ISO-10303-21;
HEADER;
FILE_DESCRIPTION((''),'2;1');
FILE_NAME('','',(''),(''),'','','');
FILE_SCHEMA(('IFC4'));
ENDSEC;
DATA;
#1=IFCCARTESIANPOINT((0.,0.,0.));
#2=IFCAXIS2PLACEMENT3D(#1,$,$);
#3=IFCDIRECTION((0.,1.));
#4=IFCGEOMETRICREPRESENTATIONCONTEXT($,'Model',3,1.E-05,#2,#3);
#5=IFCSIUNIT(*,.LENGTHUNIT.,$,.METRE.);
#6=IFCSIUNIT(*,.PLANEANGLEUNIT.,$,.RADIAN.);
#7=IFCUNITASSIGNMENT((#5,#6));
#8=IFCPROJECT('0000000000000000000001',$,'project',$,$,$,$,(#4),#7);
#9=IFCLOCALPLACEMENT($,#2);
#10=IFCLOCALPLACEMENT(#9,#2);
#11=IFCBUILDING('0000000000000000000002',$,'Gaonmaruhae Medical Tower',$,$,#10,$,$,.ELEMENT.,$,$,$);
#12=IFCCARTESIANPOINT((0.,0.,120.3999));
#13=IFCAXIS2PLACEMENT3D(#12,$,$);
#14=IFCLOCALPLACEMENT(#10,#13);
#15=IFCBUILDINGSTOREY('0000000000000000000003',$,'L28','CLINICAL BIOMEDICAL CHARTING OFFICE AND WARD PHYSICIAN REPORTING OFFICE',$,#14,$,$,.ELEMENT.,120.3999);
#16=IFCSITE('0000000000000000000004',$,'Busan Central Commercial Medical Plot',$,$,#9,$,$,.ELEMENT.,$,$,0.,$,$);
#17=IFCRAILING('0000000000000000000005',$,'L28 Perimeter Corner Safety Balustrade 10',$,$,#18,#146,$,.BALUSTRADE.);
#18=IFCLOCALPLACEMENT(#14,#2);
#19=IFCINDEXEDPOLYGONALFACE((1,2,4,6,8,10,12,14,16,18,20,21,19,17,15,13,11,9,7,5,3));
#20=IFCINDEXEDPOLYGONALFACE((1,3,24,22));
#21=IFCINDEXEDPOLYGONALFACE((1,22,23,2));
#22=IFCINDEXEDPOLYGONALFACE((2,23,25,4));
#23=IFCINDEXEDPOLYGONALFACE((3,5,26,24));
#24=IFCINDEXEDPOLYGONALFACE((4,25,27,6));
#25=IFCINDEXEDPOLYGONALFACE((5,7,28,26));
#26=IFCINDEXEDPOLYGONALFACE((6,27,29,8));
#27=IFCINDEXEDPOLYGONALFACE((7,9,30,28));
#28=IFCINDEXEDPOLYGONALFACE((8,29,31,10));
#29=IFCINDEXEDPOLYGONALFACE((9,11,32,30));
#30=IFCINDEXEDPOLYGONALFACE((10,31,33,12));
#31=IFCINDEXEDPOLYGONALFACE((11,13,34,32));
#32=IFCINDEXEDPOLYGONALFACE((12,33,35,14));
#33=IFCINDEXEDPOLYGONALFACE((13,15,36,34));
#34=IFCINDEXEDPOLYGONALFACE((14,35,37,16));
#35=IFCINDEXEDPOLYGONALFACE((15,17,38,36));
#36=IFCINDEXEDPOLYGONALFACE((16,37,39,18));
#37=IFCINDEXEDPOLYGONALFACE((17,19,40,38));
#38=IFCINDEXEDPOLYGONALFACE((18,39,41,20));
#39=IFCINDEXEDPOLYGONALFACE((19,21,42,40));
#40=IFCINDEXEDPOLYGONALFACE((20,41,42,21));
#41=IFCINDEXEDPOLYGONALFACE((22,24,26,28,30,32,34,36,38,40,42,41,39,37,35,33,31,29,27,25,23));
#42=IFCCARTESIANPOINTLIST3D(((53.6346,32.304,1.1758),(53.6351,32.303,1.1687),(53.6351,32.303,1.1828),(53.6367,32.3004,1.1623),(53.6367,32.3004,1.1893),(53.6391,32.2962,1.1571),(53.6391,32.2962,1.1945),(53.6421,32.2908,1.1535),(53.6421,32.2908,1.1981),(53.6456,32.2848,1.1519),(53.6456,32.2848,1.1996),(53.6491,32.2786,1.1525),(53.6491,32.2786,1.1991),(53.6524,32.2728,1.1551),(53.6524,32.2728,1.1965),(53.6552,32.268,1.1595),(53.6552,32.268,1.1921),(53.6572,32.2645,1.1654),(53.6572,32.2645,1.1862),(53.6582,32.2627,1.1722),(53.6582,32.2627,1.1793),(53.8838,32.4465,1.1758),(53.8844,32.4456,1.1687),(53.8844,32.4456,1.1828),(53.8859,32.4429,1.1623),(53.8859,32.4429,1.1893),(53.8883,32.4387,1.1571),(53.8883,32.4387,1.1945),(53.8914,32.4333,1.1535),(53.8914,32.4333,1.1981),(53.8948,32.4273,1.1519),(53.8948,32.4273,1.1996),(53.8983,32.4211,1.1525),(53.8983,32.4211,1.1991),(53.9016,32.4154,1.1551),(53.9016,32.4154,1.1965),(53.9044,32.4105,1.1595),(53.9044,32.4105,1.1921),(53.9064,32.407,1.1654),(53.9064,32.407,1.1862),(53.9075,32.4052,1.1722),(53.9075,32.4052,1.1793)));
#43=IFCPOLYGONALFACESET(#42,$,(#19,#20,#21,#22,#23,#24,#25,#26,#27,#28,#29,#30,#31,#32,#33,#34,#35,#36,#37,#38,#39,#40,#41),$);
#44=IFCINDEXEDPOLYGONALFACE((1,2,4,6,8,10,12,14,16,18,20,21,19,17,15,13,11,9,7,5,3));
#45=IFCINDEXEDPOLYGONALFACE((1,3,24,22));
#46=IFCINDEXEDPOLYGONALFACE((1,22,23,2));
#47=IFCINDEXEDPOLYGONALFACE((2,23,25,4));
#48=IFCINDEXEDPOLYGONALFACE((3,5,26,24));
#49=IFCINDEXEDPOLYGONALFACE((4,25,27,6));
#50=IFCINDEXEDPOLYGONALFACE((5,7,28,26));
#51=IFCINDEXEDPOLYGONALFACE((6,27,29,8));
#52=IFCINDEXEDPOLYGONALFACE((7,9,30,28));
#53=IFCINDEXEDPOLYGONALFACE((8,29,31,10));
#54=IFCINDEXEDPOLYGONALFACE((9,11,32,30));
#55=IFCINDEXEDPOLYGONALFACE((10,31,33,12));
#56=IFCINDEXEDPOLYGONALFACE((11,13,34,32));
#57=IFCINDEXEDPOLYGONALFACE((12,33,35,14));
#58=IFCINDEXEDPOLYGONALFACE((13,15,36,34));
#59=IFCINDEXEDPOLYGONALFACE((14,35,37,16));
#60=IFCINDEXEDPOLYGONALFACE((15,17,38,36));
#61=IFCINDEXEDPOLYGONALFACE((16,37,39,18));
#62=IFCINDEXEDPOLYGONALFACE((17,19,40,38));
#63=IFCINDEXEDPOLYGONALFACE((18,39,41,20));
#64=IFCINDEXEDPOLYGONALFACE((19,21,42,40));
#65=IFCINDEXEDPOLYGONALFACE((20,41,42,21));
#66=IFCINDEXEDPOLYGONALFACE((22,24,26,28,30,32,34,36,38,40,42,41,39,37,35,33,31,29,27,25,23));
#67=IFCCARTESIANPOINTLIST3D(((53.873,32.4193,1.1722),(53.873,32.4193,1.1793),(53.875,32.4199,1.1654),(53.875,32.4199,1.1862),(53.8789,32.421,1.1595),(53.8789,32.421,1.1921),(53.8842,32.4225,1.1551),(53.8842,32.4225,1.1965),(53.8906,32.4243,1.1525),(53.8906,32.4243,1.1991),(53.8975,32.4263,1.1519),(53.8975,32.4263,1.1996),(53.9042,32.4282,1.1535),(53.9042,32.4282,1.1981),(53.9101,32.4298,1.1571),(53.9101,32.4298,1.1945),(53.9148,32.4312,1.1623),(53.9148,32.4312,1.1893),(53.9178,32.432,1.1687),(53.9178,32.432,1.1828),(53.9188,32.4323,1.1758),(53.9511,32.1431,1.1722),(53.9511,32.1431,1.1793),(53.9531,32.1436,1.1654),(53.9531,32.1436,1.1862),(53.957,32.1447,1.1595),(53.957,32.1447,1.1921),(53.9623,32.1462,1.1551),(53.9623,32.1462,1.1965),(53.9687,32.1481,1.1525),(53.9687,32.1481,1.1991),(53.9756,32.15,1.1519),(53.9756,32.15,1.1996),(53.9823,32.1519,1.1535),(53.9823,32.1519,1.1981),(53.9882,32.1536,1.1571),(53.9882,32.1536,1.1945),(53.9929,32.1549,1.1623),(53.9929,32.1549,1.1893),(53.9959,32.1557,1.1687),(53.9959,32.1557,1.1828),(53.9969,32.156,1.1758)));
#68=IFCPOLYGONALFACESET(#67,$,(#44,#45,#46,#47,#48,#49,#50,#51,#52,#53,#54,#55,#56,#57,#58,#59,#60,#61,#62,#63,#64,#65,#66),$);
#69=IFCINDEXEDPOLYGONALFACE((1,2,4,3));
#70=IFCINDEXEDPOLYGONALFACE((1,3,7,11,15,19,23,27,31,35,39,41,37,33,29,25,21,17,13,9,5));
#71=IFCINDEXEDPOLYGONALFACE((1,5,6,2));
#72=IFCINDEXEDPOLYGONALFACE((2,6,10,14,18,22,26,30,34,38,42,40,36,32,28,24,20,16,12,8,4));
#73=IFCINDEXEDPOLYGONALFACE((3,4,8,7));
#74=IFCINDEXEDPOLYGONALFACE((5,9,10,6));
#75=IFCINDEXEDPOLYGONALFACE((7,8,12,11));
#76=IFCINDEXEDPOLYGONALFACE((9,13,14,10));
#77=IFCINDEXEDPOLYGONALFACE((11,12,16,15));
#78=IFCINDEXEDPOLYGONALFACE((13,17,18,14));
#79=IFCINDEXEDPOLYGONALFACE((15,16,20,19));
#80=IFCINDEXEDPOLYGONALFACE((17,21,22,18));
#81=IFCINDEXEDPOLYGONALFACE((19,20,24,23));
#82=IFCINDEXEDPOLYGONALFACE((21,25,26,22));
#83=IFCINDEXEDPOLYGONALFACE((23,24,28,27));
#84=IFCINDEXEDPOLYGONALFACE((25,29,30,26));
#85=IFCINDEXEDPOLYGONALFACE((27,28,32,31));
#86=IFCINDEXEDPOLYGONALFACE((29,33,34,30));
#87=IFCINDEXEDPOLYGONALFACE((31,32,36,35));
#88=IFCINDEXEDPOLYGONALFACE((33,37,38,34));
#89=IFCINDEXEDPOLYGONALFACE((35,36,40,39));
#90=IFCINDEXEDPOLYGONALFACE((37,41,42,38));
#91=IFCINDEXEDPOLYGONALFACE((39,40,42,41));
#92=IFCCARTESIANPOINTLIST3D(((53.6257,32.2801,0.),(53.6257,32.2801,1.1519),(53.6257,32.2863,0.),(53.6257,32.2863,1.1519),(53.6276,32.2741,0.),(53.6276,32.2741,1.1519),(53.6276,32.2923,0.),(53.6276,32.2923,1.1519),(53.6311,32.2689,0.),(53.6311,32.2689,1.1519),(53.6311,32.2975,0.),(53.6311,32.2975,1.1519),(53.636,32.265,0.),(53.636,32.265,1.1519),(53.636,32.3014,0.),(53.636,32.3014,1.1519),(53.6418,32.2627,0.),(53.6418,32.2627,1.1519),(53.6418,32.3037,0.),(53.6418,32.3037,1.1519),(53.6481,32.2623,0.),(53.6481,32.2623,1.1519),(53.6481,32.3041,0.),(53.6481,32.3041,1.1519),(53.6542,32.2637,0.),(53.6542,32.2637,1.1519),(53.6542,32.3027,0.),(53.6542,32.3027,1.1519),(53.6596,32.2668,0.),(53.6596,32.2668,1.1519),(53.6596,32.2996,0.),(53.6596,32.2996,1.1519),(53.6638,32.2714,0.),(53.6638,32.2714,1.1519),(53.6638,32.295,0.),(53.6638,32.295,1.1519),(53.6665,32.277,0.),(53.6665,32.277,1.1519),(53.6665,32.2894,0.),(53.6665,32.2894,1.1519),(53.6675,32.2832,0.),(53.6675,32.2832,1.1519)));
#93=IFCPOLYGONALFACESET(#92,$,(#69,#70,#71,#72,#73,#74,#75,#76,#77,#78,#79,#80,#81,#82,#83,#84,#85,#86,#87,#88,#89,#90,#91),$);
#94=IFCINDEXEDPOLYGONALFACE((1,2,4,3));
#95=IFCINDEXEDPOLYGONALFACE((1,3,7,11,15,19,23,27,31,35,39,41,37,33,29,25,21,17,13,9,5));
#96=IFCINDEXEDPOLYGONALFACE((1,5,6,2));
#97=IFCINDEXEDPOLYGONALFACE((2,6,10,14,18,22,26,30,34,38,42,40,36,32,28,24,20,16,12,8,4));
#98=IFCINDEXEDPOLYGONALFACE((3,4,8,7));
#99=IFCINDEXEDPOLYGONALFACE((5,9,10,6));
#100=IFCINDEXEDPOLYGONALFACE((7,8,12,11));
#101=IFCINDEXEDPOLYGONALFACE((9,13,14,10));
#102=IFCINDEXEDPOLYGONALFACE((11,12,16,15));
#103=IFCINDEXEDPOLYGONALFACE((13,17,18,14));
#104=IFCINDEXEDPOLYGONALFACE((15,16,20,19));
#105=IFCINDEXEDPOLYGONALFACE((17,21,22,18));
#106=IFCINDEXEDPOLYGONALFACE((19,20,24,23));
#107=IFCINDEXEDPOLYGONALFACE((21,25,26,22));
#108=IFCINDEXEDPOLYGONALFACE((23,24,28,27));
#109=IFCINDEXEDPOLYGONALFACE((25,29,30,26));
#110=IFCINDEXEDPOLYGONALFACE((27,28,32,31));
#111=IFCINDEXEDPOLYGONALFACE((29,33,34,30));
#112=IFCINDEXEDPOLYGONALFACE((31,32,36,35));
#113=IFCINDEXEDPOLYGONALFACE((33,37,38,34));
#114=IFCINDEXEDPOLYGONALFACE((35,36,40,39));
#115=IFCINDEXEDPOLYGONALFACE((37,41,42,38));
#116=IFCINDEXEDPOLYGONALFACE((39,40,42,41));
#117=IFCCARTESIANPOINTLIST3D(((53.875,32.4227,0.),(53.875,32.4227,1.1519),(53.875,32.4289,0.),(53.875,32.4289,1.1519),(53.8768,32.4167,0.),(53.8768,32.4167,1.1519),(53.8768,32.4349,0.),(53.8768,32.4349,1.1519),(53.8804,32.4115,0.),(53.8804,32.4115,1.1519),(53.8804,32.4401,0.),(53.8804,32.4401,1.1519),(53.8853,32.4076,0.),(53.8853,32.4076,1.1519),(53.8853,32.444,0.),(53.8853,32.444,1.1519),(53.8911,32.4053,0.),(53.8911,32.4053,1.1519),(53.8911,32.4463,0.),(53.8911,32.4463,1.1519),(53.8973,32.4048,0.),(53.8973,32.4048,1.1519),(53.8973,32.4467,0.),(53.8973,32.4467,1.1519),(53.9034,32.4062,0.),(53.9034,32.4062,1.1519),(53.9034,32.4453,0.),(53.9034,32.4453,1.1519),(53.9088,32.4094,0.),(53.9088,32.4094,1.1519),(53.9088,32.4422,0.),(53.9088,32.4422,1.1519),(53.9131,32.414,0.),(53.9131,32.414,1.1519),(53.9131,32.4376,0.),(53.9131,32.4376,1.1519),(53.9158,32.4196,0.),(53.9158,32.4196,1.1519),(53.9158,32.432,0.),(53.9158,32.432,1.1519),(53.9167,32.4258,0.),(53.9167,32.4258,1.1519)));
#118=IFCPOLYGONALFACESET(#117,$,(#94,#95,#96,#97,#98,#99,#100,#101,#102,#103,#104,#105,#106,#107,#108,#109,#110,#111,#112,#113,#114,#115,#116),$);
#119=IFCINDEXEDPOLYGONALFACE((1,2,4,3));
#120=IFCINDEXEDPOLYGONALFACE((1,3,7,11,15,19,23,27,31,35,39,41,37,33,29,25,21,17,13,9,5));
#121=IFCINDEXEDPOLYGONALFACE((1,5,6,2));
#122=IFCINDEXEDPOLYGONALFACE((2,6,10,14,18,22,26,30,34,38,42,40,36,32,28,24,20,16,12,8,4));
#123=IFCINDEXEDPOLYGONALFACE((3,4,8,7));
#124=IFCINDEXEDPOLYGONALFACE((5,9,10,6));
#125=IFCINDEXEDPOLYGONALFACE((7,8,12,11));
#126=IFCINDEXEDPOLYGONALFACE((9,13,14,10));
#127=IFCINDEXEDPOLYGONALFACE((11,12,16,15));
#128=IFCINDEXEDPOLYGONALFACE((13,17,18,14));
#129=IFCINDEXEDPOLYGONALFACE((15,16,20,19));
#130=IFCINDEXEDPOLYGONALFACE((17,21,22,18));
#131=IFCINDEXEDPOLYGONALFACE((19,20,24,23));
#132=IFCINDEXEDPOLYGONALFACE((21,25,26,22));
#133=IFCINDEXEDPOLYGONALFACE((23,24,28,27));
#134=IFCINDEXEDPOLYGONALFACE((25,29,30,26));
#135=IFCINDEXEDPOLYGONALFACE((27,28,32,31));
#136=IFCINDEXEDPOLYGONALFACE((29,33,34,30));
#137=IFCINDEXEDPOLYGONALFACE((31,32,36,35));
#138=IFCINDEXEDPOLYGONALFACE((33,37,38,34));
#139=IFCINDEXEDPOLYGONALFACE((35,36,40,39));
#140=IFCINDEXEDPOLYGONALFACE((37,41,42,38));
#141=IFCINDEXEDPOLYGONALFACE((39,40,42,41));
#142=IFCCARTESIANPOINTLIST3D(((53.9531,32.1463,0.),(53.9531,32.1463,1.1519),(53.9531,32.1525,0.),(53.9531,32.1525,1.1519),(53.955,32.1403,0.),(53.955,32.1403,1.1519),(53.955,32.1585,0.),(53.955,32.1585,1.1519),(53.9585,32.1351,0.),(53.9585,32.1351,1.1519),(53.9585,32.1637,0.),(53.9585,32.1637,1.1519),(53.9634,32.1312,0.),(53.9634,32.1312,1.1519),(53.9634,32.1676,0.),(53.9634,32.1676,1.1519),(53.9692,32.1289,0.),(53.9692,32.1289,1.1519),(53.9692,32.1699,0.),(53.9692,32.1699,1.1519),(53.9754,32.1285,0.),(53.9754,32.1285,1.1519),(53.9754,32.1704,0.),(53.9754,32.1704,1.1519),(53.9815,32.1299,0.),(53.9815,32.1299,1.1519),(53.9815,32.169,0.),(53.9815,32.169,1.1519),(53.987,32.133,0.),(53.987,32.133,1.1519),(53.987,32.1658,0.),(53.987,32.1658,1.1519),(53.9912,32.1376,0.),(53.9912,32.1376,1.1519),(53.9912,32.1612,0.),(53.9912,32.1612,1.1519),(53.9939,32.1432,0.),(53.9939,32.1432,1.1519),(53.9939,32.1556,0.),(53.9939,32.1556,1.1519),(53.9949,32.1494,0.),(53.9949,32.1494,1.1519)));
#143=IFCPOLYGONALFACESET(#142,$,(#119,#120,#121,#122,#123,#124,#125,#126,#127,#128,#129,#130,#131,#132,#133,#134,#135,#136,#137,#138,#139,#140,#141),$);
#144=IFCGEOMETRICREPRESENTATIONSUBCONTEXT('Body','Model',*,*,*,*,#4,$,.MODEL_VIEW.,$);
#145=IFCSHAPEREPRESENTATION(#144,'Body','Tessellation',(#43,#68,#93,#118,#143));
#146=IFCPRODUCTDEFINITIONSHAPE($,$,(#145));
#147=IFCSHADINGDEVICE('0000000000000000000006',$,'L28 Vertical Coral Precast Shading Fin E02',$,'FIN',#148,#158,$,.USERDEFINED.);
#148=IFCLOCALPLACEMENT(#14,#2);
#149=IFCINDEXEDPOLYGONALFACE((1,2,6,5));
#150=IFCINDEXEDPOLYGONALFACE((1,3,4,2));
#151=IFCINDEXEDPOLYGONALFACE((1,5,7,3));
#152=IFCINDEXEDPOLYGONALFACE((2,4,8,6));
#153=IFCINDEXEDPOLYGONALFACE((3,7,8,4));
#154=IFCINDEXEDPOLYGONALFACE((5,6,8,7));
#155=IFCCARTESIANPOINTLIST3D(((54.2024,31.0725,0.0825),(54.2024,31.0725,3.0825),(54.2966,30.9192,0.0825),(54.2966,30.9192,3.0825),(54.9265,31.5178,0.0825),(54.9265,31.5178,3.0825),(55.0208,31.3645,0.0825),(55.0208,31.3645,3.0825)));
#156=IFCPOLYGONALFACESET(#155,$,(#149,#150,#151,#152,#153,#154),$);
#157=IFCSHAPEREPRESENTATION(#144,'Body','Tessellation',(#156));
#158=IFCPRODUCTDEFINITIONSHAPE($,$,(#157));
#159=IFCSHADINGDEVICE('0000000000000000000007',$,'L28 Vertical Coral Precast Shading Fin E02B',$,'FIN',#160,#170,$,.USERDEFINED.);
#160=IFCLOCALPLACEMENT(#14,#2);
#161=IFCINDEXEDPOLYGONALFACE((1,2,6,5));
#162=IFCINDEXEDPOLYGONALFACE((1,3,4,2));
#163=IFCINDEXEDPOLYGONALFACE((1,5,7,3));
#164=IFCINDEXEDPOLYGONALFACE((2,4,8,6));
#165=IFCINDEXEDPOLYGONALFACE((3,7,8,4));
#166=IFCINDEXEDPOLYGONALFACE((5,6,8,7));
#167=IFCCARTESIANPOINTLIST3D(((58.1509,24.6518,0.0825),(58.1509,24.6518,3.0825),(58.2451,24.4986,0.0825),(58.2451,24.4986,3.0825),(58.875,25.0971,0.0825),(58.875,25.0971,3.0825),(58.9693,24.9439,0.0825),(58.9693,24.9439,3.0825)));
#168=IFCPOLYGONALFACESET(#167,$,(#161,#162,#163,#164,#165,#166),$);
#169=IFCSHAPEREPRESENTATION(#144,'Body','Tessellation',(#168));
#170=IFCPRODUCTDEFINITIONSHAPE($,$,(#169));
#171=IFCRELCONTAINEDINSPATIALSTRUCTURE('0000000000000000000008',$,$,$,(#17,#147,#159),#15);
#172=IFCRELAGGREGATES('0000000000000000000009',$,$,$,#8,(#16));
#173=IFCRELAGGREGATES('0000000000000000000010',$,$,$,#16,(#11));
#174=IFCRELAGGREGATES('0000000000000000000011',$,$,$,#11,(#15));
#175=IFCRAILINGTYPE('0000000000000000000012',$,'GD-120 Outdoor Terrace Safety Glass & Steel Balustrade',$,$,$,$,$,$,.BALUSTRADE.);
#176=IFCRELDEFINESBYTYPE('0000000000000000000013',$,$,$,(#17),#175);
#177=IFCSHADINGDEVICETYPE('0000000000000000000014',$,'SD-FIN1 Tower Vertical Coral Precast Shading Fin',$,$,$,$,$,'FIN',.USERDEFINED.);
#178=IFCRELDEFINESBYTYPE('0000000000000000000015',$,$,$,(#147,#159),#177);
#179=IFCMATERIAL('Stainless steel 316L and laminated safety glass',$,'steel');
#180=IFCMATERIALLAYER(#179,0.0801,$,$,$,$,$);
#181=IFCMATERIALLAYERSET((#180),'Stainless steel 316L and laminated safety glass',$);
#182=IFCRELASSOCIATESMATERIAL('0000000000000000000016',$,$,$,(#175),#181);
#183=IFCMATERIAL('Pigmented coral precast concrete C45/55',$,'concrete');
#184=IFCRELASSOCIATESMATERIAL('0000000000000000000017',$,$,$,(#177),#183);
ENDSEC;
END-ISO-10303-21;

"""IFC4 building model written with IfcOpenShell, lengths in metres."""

from ifc_helpers import new_model, si_unit, direction, frame, origin, origin_2d, place, context, subcontext, project, spatial, rectangle, circle, extrude, material, layer, layer_set, type_object, element, save


model = new_model("IFC4")

# Units and contexts
model_context = context("Model", 3, precision=1e-05, world=origin(), true_north=direction((0.0, 1.0)))
body_context = subcontext(model_context, "Body", "Model", "MODEL_VIEW")
ifc_project = project(units=[si_unit("LENGTHUNIT", "METRE"), si_unit("PLANEANGLEUNIT", "RADIAN")], contexts=[model_context])

# Site, building, storey
site_placement = place(None, origin())
site = spatial("IfcSite", under=ifc_project, at=site_placement, Name="Busan Central Commercial Medical Plot", CompositionType="ELEMENT", RefElevation=0.0)
building_placement = place(site_placement, origin())
building = spatial("IfcBuilding", under=site, at=building_placement, Name="Gaonmaruhae Medical Tower", CompositionType="ELEMENT")
storey_placement = place(building_placement, frame((0.0, 0.0, 120.3999)))
storey = spatial("IfcBuildingStorey", under=building, at=storey_placement, Name="L28", Description="CLINICAL BIOMEDICAL CHARTING OFFICE AND WARD PHYSICIAN REPORTING OFFICE", CompositionType="ELEMENT", Elevation=120.3999)

# Railing
ifc_material_1 = material(Name="Stainless steel 316L and laminated safety glass", Category="steel")
ifc_layer_1 = layer(ifc_material_1, 0.0801)
ifc_layer_set_1 = layer_set([ifc_layer_1], Name="Stainless steel 316L and laminated safety glass")
railing_type = type_object("IfcRailingType", Name="GD-120 Outdoor Terrace Safety Glass & Steel Balustrade", PredefinedType="BALUSTRADE", material=ifc_layer_set_1)
railing_1_placement = place(storey_placement, frame((53.6465, 32.2832, 0.0)))
element("IfcRailing", 1, at=railing_1_placement, inside=storey, type_object=railing_type, Name="L28 Perimeter Corner Safety Balustrade 10", PredefinedType="BALUSTRADE", context=body_context, shape_type="SweptSolid", body=[
    extrude(circle(Radius=0.0239, at=origin_2d()), frame((0.0, 0.0, 1.1758), z_axis=(0.868034, 0.496505, 0.0), x_axis=(-0.496505, 0.868034, 0.0)), (0.0, 0.0, 1.0), 0.2871),
    extrude(circle(Radius=0.0239, at=origin_2d()), frame((0.2493, 0.1426, 1.1758), z_axis=(0.272025, -0.96229, 0.0), x_axis=(0.96229, 0.272025, 0.0)), (0.0, 0.0, 1.0), 0.2871),
    extrude(circle(Radius=0.021, at=origin_2d()), origin(), (0.0, 0.0, 1.0), 1.1519),
    extrude(circle(Radius=0.021, at=origin_2d()), frame((0.2493, 0.1426, 0.0)), (0.0, 0.0, 1.0), 1.1519),
    extrude(circle(Radius=0.021, at=origin_2d()), frame((0.3274, -0.1338, 0.0)), (0.0, 0.0, 1.0), 1.1519),
])

# Shading devices
ifc_material_2 = material(Name="Pigmented coral precast concrete C45/55", Category="concrete")
shading_device_type = type_object("IfcShadingDeviceType", Name="SD-FIN1 Tower Vertical Coral Precast Shading Fin", ElementType="FIN", PredefinedType="USERDEFINED", material=ifc_material_2)
for number, where, z_axis, x_axis, name in (
    (2, (54.6116, 31.2185, 0.0825), (0.0, 0.0, 1.0), (0.523837, -0.851818, 0.0), "L28 Vertical Coral Precast Shading Fin E02"),
    (3, (58.5601, 24.7979, 0.0825), (0.0, 0.0, 1.0), (0.523837, -0.851818, 0.0), "L28 Vertical Coral Precast Shading Fin E02B"),
):
    element("IfcShadingDevice", number, at=place(storey_placement, frame(where, z_axis=z_axis, x_axis=x_axis)), inside=storey, type_object=shading_device_type, Name=name, ObjectType="FIN", PredefinedType="USERDEFINED", context=body_context, shape_type="SweptSolid", body=[
        extrude(rectangle(XDim=0.1799, YDim=0.8501, at=origin_2d()), origin(), (0.0, 0.0, 1.0), 3.0),
    ])

save(model, "model.ifc")
